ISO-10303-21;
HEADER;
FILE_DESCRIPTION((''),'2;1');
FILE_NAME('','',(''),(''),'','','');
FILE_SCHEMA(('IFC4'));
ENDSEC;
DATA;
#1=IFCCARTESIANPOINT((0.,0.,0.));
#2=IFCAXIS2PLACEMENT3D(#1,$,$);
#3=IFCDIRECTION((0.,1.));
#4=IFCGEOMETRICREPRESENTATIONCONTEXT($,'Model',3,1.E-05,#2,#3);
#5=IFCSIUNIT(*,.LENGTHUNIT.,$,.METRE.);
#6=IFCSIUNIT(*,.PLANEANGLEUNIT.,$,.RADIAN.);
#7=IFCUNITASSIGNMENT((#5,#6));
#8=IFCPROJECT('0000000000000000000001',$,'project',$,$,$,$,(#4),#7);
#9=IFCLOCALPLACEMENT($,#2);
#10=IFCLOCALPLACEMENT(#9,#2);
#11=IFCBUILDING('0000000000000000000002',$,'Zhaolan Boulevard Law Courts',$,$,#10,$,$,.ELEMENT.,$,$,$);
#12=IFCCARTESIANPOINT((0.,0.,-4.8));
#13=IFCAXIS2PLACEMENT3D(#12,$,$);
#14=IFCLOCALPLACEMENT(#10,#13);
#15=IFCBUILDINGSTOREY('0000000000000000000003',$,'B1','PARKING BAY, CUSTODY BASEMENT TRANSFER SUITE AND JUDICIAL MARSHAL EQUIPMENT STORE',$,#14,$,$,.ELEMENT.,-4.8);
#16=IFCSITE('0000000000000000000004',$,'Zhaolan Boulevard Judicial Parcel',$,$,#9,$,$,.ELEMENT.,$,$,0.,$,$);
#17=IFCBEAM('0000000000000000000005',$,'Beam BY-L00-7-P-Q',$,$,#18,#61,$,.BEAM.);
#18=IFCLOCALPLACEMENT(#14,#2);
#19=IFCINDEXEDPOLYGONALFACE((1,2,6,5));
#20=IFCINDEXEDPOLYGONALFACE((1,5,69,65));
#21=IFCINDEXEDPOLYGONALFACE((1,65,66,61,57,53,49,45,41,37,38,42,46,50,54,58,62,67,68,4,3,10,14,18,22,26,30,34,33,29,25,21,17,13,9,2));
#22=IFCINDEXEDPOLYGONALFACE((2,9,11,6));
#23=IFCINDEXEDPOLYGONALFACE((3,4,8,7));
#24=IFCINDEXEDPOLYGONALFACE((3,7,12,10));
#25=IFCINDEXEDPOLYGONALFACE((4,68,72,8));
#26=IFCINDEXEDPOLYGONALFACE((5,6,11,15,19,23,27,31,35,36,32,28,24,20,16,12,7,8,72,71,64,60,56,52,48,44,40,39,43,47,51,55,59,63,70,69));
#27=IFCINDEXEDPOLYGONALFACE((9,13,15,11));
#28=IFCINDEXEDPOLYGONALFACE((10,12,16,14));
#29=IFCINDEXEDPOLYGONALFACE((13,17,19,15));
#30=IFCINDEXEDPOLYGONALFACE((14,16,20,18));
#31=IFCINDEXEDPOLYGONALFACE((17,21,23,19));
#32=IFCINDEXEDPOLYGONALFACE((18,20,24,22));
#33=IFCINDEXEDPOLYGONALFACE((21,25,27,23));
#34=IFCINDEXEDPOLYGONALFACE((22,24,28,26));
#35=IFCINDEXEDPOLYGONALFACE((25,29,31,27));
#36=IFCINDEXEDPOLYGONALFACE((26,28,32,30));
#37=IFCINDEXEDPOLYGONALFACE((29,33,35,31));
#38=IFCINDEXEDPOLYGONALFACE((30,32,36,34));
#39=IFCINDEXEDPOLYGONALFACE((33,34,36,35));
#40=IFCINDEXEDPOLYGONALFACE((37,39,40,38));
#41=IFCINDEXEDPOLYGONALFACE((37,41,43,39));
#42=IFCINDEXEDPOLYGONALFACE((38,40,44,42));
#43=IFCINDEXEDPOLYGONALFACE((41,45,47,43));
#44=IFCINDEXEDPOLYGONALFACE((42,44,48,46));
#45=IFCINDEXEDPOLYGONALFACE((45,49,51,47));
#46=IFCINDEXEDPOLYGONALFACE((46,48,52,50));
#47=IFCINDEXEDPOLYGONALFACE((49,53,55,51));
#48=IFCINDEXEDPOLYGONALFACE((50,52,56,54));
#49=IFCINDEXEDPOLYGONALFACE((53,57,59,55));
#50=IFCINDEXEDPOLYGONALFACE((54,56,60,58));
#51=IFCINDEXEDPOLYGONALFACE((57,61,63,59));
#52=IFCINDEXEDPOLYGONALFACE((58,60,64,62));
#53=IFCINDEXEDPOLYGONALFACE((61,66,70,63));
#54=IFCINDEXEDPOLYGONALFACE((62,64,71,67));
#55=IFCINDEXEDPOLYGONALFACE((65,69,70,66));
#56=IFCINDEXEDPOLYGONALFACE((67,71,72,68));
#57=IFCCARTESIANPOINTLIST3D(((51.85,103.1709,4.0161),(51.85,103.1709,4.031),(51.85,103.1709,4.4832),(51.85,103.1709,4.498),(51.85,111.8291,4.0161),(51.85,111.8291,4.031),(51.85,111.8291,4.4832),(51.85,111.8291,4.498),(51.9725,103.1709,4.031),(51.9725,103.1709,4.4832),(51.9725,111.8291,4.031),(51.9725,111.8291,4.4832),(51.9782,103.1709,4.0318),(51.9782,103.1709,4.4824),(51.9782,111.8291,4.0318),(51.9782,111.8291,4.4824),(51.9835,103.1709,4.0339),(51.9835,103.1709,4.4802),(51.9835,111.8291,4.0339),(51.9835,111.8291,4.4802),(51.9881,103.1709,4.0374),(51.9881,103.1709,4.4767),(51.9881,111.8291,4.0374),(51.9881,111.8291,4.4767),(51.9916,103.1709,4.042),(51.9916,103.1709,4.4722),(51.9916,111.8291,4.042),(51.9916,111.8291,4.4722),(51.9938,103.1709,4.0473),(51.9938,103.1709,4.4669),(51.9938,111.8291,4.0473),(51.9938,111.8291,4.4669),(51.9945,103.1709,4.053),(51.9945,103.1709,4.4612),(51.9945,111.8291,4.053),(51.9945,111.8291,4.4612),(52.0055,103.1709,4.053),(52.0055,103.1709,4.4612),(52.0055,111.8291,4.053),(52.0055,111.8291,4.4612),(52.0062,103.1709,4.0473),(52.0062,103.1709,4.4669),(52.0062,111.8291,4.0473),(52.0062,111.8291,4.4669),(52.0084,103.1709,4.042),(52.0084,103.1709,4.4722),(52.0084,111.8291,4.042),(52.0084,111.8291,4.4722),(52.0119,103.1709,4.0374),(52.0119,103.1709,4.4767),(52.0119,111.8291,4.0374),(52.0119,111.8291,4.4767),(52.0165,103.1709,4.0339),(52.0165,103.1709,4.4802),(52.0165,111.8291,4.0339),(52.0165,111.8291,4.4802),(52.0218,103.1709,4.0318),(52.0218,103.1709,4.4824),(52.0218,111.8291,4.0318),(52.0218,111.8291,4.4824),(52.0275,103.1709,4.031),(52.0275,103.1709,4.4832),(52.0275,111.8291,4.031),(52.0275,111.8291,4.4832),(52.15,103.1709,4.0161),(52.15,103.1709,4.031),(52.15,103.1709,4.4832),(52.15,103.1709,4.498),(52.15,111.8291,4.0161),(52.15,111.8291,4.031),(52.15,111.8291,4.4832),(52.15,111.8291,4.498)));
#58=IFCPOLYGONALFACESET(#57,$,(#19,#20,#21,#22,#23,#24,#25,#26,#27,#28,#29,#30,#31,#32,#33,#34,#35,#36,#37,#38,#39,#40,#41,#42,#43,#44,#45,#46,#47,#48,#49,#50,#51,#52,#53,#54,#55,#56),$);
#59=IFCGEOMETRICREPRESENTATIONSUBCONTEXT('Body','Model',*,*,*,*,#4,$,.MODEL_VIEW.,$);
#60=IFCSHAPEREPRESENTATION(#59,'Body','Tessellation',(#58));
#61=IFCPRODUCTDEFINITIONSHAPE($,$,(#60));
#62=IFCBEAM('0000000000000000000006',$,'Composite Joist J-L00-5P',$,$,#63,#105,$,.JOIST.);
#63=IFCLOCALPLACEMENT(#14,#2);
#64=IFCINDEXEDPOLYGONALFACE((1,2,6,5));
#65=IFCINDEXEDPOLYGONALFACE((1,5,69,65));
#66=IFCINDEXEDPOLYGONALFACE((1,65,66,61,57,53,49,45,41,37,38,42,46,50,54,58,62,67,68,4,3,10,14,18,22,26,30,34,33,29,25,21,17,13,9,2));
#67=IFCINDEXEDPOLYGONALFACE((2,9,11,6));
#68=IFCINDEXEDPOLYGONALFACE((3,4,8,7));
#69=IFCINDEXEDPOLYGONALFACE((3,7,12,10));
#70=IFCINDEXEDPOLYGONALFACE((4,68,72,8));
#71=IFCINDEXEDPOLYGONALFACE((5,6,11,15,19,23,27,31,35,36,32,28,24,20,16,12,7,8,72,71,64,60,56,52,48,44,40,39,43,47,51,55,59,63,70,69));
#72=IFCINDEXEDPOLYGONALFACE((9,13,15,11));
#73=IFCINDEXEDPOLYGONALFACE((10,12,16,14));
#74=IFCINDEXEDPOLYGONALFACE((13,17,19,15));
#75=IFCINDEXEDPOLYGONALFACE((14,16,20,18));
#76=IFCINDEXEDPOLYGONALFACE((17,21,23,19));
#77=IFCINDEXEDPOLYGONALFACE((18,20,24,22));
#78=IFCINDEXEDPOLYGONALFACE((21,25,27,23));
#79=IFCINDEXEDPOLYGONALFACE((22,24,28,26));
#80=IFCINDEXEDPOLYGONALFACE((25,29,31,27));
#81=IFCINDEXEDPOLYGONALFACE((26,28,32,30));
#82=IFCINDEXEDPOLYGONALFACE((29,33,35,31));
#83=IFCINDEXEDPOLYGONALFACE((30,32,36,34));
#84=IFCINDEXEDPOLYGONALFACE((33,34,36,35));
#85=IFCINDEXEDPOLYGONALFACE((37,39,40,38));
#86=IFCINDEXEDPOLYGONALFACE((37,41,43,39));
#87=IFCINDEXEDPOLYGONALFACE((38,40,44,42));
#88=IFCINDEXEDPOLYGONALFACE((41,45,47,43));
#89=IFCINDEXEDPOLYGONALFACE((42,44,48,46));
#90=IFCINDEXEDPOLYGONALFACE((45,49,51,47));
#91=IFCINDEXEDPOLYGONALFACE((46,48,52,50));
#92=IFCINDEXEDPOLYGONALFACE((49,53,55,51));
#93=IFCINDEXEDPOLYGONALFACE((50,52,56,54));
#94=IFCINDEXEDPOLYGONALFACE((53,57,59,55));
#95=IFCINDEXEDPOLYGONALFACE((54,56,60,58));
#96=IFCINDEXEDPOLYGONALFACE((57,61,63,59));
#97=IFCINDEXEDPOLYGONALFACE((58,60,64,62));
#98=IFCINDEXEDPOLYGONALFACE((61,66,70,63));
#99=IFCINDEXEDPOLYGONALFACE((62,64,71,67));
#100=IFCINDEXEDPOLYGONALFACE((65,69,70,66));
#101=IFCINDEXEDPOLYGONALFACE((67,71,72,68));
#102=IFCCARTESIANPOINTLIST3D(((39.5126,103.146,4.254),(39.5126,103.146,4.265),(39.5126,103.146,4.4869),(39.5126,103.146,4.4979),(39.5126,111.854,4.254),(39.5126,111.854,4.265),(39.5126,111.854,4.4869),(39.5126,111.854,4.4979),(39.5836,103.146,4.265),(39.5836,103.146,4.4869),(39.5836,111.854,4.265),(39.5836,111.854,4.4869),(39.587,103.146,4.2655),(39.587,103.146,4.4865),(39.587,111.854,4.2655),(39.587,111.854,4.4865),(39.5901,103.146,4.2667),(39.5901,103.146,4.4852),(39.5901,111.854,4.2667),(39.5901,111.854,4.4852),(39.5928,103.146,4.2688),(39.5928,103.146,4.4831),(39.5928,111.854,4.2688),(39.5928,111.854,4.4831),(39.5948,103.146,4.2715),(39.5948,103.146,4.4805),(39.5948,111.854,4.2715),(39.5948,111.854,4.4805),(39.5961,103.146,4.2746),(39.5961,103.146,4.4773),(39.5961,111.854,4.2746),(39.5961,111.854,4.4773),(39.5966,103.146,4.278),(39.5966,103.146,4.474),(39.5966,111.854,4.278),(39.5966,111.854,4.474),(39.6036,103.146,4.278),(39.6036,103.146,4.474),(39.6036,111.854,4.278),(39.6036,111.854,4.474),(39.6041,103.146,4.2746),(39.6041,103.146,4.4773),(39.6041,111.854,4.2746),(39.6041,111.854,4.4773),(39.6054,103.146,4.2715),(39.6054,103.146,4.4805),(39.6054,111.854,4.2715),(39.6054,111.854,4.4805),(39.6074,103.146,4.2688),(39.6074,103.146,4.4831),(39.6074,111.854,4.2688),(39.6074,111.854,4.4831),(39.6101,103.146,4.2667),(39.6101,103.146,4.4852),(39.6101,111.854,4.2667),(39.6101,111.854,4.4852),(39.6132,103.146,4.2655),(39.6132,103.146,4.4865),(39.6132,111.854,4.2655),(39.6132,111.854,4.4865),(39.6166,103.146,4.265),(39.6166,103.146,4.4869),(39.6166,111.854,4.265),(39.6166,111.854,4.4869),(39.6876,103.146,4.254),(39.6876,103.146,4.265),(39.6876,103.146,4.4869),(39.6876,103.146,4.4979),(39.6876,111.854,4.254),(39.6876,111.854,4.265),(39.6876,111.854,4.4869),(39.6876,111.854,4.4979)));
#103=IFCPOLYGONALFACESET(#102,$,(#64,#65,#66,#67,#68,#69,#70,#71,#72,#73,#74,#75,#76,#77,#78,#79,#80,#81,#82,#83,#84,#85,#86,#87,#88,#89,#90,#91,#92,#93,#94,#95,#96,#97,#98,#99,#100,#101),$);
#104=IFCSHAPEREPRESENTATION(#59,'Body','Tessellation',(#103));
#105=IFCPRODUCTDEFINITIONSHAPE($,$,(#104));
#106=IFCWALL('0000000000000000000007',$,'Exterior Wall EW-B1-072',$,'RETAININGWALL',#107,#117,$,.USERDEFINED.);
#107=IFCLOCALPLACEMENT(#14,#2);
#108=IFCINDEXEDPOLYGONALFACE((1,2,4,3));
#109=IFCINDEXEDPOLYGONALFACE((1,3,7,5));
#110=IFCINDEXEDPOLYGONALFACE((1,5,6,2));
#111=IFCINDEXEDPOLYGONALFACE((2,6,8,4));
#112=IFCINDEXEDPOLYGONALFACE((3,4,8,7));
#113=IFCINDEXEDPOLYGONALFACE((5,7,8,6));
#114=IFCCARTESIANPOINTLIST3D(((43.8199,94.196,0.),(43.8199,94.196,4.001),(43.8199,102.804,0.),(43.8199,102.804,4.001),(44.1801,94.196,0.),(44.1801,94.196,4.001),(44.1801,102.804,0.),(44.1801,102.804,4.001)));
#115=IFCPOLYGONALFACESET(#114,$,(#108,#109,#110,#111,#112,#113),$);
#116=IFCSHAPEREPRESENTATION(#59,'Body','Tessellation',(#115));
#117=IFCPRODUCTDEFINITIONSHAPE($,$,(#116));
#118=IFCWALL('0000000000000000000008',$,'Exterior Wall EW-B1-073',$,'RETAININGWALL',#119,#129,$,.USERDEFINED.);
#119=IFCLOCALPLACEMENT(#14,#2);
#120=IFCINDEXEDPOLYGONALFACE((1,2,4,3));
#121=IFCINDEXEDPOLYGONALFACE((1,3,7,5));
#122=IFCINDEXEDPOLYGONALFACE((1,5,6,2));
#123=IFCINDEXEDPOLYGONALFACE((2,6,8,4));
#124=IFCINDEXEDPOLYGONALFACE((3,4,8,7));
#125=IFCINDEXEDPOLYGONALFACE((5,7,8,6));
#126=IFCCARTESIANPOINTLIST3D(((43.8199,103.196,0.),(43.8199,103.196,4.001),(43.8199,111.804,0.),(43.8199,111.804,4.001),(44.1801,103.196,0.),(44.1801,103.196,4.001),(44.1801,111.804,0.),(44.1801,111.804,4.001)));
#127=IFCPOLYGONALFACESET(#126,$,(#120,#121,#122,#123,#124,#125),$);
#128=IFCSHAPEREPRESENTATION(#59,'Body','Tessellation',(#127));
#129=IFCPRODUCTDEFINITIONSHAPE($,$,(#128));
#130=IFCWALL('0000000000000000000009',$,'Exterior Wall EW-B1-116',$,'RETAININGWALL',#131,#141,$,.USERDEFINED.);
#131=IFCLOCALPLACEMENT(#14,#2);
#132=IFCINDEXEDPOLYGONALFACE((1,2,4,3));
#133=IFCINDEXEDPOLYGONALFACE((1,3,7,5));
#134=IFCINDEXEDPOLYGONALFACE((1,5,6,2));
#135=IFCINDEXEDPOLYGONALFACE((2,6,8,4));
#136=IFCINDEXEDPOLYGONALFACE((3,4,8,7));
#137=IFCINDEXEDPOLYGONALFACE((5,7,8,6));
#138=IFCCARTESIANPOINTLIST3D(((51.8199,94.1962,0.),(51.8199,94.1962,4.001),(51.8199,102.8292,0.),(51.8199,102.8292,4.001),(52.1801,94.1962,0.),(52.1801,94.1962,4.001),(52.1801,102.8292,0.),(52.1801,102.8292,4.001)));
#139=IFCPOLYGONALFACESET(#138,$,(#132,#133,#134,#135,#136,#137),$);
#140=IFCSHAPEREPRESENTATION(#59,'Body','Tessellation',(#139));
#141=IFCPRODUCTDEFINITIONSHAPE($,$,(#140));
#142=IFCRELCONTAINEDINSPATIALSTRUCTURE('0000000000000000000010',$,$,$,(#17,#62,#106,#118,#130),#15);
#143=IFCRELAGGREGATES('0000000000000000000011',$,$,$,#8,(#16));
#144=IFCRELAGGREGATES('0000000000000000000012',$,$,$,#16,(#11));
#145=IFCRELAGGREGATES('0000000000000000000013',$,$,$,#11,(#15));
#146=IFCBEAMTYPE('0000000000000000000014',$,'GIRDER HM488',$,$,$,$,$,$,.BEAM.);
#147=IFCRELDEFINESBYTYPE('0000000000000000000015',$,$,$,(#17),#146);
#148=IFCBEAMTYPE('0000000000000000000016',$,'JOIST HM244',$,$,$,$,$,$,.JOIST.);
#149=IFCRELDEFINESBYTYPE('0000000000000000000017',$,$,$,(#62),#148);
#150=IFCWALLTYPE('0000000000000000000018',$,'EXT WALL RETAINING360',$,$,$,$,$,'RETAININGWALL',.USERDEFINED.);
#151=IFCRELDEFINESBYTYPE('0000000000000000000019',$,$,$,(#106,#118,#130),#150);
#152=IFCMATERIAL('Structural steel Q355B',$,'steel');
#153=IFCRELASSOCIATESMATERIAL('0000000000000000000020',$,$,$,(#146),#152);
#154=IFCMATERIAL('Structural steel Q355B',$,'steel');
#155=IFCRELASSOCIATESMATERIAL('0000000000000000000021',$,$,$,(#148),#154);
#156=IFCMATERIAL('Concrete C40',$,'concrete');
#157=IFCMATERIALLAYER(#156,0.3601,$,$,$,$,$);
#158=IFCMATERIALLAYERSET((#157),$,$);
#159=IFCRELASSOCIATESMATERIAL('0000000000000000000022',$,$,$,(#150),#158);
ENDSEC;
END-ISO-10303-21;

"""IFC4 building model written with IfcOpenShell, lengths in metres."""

from ifc_helpers import new_model, si_unit, direction, frame, frame_2d, origin, origin_2d, place, context, subcontext, project, spatial, rectangle, i_section, extrude, material, layer, layer_set, material_profile, profile_set, type_object, element, save


model = new_model("IFC4")

# Units and contexts
model_context = context("Model", 3, precision=1e-05, world=origin(), true_north=direction((0.0, 1.0)))
body_context = subcontext(model_context, "Body", "Model", "MODEL_VIEW")
ifc_project = project(units=[si_unit("LENGTHUNIT", "METRE"), si_unit("PLANEANGLEUNIT", "RADIAN")], contexts=[model_context])

# Site, building, storey
site_placement = place(None, origin())
site = spatial("IfcSite", under=ifc_project, at=site_placement, Name="Zhaolan Boulevard Judicial Parcel", CompositionType="ELEMENT", RefElevation=0.0)
building_placement = place(site_placement, origin())
building = spatial("IfcBuilding", under=site, at=building_placement, Name="Zhaolan Boulevard Law Courts", CompositionType="ELEMENT")
storey_placement = place(building_placement, frame((0.0, 0.0, -4.8)))
storey = spatial("IfcBuildingStorey", under=building, at=storey_placement, Name="B1", Description="PARKING BAY, CUSTODY BASEMENT TRANSFER SUITE AND JUDICIAL MARSHAL EQUIPMENT STORE", CompositionType="ELEMENT", Elevation=-4.8)

# Beams
ifc_material_1 = material(Name="Structural steel Q355B", Category="steel")
ifc_material_profile_1 = material_profile(ifc_material_1, i_section(OverallWidth=0.3, OverallDepth=0.4819, WebThickness=0.011, FlangeThickness=0.0149, FilletRadius=0.022, at=origin_2d()), Name="HM482x300")
ifc_profile_set_1 = profile_set([ifc_material_profile_1], Name="Structural steel Q355B")
beam_type_1 = type_object("IfcBeamType", Name="GIRDER HM488", PredefinedType="BEAM", material=ifc_profile_set_1)
beam_1_placement = place(storey_placement, frame((52.0, 103.1709, 4.2571), z_axis=(0.0, 1.0, 0.0), x_axis=(-1.0, 0.0, 0.0)))
element("IfcBeam", 1, at=beam_1_placement, inside=storey, type_object=beam_type_1, Name="Beam BY-L00-7-P-Q", PredefinedType="BEAM", context=body_context, shape_type="SweptSolid", body=[
    extrude(i_section(OverallWidth=0.3, OverallDepth=0.4819, WebThickness=0.011, FlangeThickness=0.0149, FilletRadius=0.022, at=origin_2d()), origin(), (0.0, 0.0, 1.0), 8.6582),
])
ifc_material_2 = material(Name="Structural steel Q355B", Category="steel")
ifc_material_profile_2 = material_profile(ifc_material_2, i_section(OverallWidth=0.175, OverallDepth=0.2439, WebThickness=0.0071, FlangeThickness=0.011, FilletRadius=0.0129, at=origin_2d()), Name="HM244x175")
ifc_profile_set_2 = profile_set([ifc_material_profile_2], Name="Structural steel Q355B")
beam_type_2 = type_object("IfcBeamType", Name="JOIST HM244", PredefinedType="JOIST", material=ifc_profile_set_2)
beam_2_placement = place(storey_placement, frame((39.6001, 103.146, 4.376), z_axis=(0.0, 1.0, 0.0), x_axis=(-1.0, 0.0, 0.0)))
element("IfcBeam", 2, at=beam_2_placement, inside=storey, type_object=beam_type_2, Name="Composite Joist J-L00-5P", PredefinedType="JOIST", context=body_context, shape_type="SweptSolid", body=[
    extrude(i_section(OverallWidth=0.175, OverallDepth=0.2439, WebThickness=0.0071, FlangeThickness=0.011, FilletRadius=0.0129, at=origin_2d()), origin(), (0.0, 0.0, 1.0), 8.708),
])

# Walls
ifc_material_3 = material(Name="Concrete C40", Category="concrete")
ifc_layer = layer(ifc_material_3, 0.3601)
ifc_layer_set = layer_set([ifc_layer])
wall_type = type_object("IfcWallType", Name="EXT WALL RETAINING360", ElementType="RETAININGWALL", PredefinedType="USERDEFINED", material=ifc_layer_set)
for number, where, z_axis, x_axis, name in (
    (3, (44.0, 94.196, 0.0), (0.0, 0.0, 1.0), (0.0, 1.0, 0.0), "Exterior Wall EW-B1-072"),
    (4, (44.0, 103.196, 0.0), (0.0, 0.0, 1.0), (0.0, 1.0, 0.0), "Exterior Wall EW-B1-073"),
):
    element("IfcWall", number, at=place(storey_placement, frame(where, z_axis=z_axis, x_axis=x_axis)), inside=storey, type_object=wall_type, Name=name, ObjectType="RETAININGWALL", PredefinedType="USERDEFINED", context=body_context, shape_type="SweptSolid", body=[
        extrude(rectangle(XDim=8.6079, YDim=0.3601, at=frame_2d((4.304, 0.0))), origin(), (0.0, 0.0, 1.0), 4.001),
    ])
wall_placement = place(storey_placement, frame((52.0, 102.8291, 0.0), z_axis=(0.0, 0.0, 1.0), x_axis=(0.0, -1.0, 0.0)))
element("IfcWall", 5, at=wall_placement, inside=storey, type_object=wall_type, Name="Exterior Wall EW-B1-116", ObjectType="RETAININGWALL", PredefinedType="USERDEFINED", context=body_context, shape_type="SweptSolid", body=[
    extrude(rectangle(XDim=8.6331, YDim=0.3601, at=frame_2d((4.3164, 0.0))), origin(), (0.0, 0.0, 1.0), 4.001),
])

save(model, "model.ifc")
